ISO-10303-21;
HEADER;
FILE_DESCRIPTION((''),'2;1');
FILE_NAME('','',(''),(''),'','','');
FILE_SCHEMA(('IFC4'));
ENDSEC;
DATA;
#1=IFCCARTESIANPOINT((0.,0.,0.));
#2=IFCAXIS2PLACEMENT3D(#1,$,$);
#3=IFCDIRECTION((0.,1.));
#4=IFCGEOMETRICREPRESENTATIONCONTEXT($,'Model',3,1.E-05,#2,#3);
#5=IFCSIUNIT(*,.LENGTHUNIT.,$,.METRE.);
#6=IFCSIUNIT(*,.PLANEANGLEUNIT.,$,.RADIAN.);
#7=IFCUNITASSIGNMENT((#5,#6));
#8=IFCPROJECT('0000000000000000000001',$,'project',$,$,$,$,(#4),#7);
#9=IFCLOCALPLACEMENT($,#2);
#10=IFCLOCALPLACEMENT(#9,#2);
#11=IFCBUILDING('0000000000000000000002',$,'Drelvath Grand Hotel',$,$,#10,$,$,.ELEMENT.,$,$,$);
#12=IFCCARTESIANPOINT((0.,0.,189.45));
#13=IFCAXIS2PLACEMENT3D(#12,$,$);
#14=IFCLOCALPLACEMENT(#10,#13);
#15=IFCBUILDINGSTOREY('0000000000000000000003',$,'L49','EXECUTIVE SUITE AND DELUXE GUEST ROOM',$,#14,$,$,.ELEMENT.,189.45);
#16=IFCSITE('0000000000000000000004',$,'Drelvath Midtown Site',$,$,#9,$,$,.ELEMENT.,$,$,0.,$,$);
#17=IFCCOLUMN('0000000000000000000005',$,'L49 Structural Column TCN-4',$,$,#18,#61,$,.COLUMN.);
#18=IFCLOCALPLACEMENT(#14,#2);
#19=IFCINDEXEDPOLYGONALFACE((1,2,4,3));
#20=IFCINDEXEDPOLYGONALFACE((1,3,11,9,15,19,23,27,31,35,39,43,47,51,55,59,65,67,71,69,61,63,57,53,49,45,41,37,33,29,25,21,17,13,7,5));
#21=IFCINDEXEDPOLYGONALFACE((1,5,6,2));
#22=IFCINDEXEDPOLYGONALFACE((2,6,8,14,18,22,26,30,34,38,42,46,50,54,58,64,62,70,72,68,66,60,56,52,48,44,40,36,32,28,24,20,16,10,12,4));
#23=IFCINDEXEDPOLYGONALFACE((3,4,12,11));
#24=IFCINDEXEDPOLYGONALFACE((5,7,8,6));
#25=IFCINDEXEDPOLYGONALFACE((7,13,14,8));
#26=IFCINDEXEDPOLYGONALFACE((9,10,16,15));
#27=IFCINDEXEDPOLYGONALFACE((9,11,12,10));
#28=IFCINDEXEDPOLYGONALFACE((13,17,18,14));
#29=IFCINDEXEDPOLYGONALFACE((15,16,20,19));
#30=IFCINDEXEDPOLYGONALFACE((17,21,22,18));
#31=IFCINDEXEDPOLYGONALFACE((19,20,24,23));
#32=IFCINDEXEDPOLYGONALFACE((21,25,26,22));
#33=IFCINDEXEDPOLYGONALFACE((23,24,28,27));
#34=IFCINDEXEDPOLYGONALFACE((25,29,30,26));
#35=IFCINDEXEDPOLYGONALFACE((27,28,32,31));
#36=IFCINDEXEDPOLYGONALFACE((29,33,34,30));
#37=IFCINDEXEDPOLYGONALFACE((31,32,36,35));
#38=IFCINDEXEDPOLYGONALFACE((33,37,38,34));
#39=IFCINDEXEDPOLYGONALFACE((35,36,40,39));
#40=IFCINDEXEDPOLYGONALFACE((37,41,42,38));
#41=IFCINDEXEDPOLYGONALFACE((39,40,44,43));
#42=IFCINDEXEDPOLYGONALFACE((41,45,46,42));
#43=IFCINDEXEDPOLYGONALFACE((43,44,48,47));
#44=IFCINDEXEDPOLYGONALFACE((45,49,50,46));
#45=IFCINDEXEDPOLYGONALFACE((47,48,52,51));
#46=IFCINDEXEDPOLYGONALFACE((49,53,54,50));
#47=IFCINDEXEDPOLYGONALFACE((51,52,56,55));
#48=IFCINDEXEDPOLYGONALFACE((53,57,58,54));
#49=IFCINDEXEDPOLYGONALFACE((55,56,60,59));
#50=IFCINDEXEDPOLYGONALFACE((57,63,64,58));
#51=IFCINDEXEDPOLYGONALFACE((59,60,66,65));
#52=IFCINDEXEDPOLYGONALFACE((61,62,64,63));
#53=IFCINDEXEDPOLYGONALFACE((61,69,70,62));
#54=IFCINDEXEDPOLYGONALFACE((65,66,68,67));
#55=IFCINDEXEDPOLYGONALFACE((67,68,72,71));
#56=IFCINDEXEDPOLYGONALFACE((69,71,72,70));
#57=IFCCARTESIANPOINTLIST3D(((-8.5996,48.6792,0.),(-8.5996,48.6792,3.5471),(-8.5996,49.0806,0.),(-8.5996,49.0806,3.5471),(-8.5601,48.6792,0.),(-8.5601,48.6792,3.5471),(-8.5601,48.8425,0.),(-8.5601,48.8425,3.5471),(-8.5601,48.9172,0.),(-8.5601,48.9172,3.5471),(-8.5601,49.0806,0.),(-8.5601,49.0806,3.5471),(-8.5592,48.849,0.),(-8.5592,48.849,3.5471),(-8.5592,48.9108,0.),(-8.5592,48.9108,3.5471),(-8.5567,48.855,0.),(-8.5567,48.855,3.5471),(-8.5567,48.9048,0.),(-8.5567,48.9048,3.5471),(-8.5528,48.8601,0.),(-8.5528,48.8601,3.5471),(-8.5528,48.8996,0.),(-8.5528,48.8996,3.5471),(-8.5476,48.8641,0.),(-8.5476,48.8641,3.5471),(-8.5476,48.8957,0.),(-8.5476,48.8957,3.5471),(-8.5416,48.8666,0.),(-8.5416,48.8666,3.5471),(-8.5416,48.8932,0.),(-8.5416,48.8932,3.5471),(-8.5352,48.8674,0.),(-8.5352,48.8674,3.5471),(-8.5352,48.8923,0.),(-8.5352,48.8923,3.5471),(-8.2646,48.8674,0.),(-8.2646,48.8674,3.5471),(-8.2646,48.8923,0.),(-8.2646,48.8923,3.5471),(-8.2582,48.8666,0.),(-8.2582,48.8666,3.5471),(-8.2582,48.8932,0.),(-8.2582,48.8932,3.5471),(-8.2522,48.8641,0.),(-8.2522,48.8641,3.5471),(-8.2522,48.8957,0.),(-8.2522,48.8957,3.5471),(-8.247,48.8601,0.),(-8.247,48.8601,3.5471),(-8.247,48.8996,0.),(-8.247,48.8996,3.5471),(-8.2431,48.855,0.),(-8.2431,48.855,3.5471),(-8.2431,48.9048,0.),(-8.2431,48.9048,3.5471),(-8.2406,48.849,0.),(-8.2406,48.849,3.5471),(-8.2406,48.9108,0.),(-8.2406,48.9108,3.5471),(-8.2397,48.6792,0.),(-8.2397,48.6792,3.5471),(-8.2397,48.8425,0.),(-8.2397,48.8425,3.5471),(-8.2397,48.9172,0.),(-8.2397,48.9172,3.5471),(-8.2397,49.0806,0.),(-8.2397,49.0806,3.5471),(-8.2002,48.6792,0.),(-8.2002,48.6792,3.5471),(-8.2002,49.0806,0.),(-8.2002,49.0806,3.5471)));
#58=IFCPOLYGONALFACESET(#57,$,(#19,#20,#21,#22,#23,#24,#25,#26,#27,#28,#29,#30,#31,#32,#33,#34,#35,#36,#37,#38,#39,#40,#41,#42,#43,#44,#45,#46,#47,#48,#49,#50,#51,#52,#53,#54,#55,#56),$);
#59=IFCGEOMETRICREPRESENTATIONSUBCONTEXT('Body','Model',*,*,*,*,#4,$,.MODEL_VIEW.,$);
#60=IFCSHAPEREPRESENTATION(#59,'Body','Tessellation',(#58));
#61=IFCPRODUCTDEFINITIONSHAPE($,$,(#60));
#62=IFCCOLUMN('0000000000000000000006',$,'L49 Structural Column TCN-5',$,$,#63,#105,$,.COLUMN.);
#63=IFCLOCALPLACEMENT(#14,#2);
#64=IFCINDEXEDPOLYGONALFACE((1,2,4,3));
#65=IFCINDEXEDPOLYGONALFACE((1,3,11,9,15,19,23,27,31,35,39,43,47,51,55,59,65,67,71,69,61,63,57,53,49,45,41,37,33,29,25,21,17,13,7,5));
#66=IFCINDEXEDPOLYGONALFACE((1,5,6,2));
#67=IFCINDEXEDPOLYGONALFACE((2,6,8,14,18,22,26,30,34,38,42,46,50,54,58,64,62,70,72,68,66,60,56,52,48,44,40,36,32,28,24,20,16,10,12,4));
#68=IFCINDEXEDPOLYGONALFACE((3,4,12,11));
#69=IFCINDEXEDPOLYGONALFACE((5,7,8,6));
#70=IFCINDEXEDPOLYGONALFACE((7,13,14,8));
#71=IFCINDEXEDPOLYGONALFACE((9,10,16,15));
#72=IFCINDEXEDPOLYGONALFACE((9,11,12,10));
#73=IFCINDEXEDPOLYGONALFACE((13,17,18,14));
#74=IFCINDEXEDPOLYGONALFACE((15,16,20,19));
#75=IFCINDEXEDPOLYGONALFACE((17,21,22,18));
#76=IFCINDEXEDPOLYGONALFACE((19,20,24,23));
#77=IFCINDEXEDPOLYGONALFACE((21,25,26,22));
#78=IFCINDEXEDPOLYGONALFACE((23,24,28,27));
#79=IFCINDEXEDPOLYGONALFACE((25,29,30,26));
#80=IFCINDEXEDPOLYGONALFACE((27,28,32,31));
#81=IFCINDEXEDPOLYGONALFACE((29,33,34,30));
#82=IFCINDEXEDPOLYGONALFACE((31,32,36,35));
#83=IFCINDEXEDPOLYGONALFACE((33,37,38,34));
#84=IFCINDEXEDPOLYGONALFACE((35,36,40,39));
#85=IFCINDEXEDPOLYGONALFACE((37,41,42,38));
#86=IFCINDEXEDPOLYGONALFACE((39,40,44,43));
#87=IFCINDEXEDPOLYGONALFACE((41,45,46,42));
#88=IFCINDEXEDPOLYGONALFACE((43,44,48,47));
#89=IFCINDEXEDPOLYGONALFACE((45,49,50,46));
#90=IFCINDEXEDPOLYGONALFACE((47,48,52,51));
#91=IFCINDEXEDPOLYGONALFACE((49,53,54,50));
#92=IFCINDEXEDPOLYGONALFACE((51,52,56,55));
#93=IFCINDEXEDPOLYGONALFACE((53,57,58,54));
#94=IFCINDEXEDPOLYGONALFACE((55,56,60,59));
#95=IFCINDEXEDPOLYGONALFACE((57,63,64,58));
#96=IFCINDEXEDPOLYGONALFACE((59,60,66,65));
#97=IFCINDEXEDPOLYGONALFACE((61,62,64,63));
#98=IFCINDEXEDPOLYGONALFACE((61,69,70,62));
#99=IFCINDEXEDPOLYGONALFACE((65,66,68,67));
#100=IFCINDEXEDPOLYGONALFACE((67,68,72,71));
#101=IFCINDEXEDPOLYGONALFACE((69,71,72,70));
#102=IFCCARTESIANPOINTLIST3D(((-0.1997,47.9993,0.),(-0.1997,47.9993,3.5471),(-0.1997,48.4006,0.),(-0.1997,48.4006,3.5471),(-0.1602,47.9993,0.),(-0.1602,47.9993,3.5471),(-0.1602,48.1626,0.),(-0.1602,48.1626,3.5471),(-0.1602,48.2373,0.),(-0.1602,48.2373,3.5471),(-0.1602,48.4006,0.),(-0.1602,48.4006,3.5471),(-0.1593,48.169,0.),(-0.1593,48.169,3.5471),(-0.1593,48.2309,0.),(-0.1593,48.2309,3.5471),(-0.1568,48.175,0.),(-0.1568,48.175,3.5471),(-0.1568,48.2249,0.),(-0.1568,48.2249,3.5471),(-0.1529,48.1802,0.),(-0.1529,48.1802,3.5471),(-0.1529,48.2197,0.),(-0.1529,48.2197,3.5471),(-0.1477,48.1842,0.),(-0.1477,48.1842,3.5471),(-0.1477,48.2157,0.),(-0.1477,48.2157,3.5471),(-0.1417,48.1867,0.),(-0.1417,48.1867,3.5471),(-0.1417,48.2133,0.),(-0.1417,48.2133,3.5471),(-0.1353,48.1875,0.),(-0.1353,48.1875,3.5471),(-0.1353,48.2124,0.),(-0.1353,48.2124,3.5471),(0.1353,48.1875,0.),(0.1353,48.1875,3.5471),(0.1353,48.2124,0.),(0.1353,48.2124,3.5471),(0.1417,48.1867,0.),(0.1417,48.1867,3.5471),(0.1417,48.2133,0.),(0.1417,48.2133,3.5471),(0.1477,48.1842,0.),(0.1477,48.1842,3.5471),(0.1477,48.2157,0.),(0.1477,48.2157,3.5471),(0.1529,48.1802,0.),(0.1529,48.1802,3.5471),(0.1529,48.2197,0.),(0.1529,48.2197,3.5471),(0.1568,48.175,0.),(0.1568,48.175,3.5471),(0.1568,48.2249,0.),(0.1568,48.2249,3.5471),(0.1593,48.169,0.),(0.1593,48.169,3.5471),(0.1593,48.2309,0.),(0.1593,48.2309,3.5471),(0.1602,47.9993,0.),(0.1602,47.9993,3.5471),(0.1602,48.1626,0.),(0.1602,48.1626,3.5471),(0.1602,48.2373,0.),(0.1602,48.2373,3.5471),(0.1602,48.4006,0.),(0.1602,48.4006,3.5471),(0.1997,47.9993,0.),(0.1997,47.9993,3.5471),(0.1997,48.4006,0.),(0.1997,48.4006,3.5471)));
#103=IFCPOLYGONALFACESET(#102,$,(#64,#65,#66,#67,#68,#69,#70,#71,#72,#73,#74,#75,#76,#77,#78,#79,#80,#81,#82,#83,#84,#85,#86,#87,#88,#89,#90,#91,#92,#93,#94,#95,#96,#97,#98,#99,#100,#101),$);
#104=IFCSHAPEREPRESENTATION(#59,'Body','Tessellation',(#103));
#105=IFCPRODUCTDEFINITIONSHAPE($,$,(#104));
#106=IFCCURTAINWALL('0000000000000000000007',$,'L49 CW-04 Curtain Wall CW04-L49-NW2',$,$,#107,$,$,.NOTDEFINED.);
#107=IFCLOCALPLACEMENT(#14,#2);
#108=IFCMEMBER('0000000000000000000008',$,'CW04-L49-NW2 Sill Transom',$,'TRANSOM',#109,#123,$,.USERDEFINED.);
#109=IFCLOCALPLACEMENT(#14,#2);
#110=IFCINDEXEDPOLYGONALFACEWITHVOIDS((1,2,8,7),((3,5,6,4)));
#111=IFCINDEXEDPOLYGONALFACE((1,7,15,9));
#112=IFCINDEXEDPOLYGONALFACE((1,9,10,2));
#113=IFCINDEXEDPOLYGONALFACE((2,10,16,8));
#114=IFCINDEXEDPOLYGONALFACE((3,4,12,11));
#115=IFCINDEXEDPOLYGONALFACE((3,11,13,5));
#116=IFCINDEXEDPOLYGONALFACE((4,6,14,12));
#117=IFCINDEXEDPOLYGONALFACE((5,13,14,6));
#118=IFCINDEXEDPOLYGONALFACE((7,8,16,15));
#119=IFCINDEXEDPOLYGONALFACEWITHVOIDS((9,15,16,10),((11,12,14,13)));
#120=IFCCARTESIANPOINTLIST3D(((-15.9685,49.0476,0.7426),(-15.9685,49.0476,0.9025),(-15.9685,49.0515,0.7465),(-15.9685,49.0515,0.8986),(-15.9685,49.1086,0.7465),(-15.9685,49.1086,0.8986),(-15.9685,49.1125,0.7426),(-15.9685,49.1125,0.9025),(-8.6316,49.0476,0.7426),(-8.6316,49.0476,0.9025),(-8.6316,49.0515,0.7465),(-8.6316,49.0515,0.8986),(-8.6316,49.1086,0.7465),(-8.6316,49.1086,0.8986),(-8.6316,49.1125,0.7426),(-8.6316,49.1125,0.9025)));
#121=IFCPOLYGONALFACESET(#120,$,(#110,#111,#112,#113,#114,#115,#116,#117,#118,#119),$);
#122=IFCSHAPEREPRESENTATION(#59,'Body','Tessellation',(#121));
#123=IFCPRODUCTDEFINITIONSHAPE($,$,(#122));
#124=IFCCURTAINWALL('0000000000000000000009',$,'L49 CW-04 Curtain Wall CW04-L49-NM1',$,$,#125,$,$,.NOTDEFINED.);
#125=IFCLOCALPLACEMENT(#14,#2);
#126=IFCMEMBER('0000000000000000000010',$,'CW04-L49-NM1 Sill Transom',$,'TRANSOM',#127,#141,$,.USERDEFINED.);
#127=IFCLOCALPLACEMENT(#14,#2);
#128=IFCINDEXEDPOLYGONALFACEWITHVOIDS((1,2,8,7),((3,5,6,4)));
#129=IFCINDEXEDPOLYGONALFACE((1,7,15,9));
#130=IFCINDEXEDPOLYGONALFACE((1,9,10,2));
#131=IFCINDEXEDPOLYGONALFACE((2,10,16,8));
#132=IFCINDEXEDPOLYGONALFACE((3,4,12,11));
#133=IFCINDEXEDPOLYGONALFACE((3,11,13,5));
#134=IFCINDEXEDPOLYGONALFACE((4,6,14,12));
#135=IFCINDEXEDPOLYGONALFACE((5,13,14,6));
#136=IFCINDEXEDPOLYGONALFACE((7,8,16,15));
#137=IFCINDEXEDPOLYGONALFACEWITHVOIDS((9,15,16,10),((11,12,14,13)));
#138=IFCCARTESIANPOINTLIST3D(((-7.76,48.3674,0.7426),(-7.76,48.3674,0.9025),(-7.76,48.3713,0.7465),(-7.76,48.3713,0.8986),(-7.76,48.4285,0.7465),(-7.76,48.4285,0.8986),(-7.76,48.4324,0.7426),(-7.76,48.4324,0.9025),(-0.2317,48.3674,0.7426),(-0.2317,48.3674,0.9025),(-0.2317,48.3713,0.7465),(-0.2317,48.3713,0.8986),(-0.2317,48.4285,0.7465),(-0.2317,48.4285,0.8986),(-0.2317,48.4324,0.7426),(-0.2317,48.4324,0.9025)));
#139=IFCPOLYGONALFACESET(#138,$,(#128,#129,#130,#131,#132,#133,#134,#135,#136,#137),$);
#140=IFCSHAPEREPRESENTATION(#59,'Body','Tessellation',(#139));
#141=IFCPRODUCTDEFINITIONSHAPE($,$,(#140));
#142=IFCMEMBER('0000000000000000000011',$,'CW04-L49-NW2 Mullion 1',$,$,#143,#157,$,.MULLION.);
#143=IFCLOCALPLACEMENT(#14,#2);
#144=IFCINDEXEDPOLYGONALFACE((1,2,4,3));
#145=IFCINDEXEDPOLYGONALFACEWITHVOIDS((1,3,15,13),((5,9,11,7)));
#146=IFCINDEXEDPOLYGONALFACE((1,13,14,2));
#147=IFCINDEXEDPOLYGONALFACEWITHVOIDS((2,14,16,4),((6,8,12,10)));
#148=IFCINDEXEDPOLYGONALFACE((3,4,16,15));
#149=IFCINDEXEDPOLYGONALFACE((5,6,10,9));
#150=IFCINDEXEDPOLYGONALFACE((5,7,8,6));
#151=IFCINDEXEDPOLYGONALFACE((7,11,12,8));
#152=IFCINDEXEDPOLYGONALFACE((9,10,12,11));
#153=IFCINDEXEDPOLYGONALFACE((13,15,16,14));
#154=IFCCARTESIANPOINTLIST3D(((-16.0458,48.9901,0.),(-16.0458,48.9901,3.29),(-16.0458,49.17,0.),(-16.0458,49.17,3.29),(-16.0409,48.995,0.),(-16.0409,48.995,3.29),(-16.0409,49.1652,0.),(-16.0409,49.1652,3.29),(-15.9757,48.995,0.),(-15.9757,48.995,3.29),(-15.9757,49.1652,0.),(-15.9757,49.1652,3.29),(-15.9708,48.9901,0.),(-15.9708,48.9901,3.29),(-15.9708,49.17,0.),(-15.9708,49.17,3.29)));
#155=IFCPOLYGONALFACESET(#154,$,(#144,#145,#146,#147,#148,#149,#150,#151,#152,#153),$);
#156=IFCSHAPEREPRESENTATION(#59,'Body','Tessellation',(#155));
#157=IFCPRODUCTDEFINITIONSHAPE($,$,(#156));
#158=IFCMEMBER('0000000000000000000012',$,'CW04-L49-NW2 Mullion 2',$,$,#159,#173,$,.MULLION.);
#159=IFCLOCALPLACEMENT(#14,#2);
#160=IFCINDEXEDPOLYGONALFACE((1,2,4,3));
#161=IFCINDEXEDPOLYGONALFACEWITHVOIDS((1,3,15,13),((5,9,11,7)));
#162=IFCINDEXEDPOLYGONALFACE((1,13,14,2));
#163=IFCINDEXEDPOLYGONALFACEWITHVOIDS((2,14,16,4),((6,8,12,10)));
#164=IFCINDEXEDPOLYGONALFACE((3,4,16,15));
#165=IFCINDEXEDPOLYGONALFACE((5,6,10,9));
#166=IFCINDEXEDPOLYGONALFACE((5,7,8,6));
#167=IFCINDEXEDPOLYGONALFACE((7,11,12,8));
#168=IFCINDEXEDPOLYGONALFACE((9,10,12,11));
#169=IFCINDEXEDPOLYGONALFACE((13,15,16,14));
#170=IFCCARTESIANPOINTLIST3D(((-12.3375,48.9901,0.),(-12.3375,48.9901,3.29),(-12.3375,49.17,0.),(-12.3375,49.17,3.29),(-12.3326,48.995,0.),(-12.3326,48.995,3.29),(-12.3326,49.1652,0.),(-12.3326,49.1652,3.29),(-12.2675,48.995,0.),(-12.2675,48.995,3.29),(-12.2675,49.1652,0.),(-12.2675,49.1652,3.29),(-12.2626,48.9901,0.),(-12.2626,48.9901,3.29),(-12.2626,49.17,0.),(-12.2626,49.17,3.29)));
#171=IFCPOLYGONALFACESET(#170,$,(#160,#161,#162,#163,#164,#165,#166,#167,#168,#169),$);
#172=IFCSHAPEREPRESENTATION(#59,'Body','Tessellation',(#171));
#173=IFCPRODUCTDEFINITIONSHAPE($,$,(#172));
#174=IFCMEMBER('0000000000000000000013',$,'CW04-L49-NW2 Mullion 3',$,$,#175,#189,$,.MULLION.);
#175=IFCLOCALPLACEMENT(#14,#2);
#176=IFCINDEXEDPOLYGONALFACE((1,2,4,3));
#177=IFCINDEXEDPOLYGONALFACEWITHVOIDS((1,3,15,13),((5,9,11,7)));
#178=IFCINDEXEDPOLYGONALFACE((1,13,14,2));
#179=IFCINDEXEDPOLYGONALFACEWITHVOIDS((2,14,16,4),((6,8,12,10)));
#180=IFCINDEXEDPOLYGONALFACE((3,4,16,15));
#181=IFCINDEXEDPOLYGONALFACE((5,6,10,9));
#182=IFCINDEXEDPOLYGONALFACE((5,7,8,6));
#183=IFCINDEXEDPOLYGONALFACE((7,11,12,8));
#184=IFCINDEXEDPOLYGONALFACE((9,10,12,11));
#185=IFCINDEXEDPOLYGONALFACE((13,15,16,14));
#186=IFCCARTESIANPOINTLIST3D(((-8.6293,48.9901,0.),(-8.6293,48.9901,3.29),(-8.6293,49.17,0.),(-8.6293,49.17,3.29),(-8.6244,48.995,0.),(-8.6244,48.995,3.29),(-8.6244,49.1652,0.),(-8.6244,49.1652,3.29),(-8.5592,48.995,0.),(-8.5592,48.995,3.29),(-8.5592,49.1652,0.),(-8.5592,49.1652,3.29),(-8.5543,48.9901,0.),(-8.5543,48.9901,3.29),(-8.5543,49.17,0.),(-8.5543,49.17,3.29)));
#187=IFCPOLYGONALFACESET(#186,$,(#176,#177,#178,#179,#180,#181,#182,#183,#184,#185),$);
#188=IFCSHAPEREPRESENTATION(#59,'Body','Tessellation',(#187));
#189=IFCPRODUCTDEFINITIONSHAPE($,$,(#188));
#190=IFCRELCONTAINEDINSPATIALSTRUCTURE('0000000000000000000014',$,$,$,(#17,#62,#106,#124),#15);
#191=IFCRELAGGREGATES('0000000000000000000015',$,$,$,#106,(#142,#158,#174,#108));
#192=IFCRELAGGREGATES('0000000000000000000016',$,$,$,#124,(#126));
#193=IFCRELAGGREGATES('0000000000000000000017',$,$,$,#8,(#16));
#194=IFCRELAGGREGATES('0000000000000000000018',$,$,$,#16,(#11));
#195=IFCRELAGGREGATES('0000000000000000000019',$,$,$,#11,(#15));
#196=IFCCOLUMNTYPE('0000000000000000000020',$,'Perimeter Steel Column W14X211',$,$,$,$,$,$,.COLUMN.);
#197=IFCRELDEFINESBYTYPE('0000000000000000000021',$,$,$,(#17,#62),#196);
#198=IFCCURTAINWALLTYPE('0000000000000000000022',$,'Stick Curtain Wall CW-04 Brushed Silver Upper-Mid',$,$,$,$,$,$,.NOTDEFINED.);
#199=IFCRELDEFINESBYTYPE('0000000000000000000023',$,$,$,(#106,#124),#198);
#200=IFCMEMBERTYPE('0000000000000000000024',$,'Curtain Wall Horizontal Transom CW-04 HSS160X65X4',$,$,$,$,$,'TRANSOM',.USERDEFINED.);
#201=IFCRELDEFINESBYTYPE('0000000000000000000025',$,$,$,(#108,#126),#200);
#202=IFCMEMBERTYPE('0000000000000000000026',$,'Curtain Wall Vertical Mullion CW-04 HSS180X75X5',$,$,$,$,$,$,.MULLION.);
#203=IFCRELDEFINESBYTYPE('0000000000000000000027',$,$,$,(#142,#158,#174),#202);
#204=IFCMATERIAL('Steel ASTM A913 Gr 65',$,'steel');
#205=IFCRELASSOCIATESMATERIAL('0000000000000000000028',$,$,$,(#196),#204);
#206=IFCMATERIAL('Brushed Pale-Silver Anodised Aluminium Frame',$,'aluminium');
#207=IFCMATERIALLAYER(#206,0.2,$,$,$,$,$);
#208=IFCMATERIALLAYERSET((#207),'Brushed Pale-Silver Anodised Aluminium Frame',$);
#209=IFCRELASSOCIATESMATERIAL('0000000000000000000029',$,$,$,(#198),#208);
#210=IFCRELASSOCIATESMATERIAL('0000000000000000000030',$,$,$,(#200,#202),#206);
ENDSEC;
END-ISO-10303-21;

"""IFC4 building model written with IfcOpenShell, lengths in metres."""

from ifc_helpers import new_model, si_unit, direction, frame, origin, origin_2d, place, context, subcontext, project, spatial, hollow_rectangle, i_section, extrude, material, layer, layer_set, material_profile, profile_set, type_object, element, aggregate, save


model = new_model("IFC4")

# Units and contexts
model_context = context("Model", 3, precision=1e-05, world=origin(), true_north=direction((0.0, 1.0)))
body_context = subcontext(model_context, "Body", "Model", "MODEL_VIEW")
ifc_project = project(units=[si_unit("LENGTHUNIT", "METRE"), si_unit("PLANEANGLEUNIT", "RADIAN")], contexts=[model_context])

# Site, building, storey
site_placement = place(None, origin())
site = spatial("IfcSite", under=ifc_project, at=site_placement, Name="Drelvath Midtown Site", CompositionType="ELEMENT", RefElevation=0.0)
building_placement = place(site_placement, origin())
building = spatial("IfcBuilding", under=site, at=building_placement, Name="Drelvath Grand Hotel", CompositionType="ELEMENT")
storey_placement = place(building_placement, frame((0.0, 0.0, 189.45)))
storey = spatial("IfcBuildingStorey", under=building, at=storey_placement, Name="L49", Description="EXECUTIVE SUITE AND DELUXE GUEST ROOM", CompositionType="ELEMENT", Elevation=189.45)

# Columns
ifc_material_1 = material(Name="Steel ASTM A913 Gr 65", Category="steel")
ifc_material_profile_1 = material_profile(ifc_material_1, i_section(OverallWidth=0.4014, OverallDepth=0.3994, WebThickness=0.0249, FlangeThickness=0.0396, FilletRadius=0.0249, at=origin_2d()), Name="W14X211")
ifc_profile_set_1 = profile_set([ifc_material_profile_1], Name="Steel ASTM A913 Gr 65")
column_type = type_object("IfcColumnType", Name="Perimeter Steel Column W14X211", PredefinedType="COLUMN", material=ifc_profile_set_1)
for number, where, z_axis, x_axis, name in (
    (1, (-8.3999, 48.8799, 0.0), (0.0, 0.0, 1.0), (0.0, 1.0, 0.0), "L49 Structural Column TCN-4"),
    (2, (0.0, 48.2, 0.0), (0.0, 0.0, 1.0), (0.0, 1.0, 0.0), "L49 Structural Column TCN-5"),
):
    element("IfcColumn", number, at=place(storey_placement, frame(where, z_axis=z_axis, x_axis=x_axis)), inside=storey, type_object=column_type, Name=name, PredefinedType="COLUMN", context=body_context, shape_type="SweptSolid", body=[
        extrude(i_section(OverallWidth=0.4014, OverallDepth=0.3994, WebThickness=0.0249, FlangeThickness=0.0396, FilletRadius=0.0249, at=origin_2d()), origin(), (0.0, 0.0, 1.0), 3.5471),
    ])

# Curtain walls, members
ifc_material_2 = material(Name="Brushed Pale-Silver Anodised Aluminium Frame", Category="aluminium")
ifc_layer_1 = layer(ifc_material_2, 0.2)
ifc_layer_set_1 = layer_set([ifc_layer_1], Name="Brushed Pale-Silver Anodised Aluminium Frame")
curtain_wall_type = type_object("IfcCurtainWallType", Name="Stick Curtain Wall CW-04 Brushed Silver Upper-Mid", PredefinedType="NOTDEFINED", material=ifc_layer_set_1)
curtain_wall_1_placement = place(storey_placement, origin())
curtain_wall_1 = element("IfcCurtainWall", 3, at=curtain_wall_1_placement, inside=storey, type_object=curtain_wall_type, Name="L49 CW-04 Curtain Wall CW04-L49-NW2", PredefinedType="NOTDEFINED")
ifc_material_profile_2 = material_profile(ifc_material_2, hollow_rectangle(XDim=0.0649, YDim=0.1599, WallThickness=0.0039, at=origin_2d()), Name="HSS160X65X4")
ifc_profile_set_2 = profile_set([ifc_material_profile_2], Name="Brushed Pale-Silver Anodised Aluminium Frame")
member_type_1 = type_object("IfcMemberType", Name="Curtain Wall Horizontal Transom CW-04 HSS160X65X4", ElementType="TRANSOM", PredefinedType="USERDEFINED", material=ifc_profile_set_2)
member_1_placement = place(storey_placement, frame((-15.9685, 49.0801, 0.8225), z_axis=(1.0, 0.0, 0.0), x_axis=(0.0, 1.0, 0.0)))
member_1 = element("IfcMember", 4, at=member_1_placement, type_object=member_type_1, Name="CW04-L49-NW2 Sill Transom", ObjectType="TRANSOM", PredefinedType="USERDEFINED", context=body_context, shape_type="SweptSolid", body=[
    extrude(hollow_rectangle(XDim=0.0649, YDim=0.1599, WallThickness=0.0039, at=origin_2d()), origin(), (0.0, 0.0, 1.0), 7.3369),
])
curtain_wall_2_placement = place(storey_placement, origin())
curtain_wall_2 = element("IfcCurtainWall", 5, at=curtain_wall_2_placement, inside=storey, type_object=curtain_wall_type, Name="L49 CW-04 Curtain Wall CW04-L49-NM1", PredefinedType="NOTDEFINED")
member_2_placement = place(storey_placement, frame((-7.76, 48.3999, 0.8225), z_axis=(1.0, 0.0, 0.0), x_axis=(0.0, 1.0, 0.0)))
member_2 = element("IfcMember", 6, at=member_2_placement, type_object=member_type_1, Name="CW04-L49-NM1 Sill Transom", ObjectType="TRANSOM", PredefinedType="USERDEFINED", context=body_context, shape_type="SweptSolid", body=[
    extrude(hollow_rectangle(XDim=0.0649, YDim=0.1599, WallThickness=0.0039, at=origin_2d()), origin(), (0.0, 0.0, 1.0), 7.5283),
])

# Members
ifc_material_profile_3 = material_profile(ifc_material_2, hollow_rectangle(XDim=0.075, YDim=0.1799, WallThickness=0.0049, at=origin_2d()), Name="HSS180X75X5")
ifc_profile_set_3 = profile_set([ifc_material_profile_3], Name="Brushed Pale-Silver Anodised Aluminium Frame")
member_type_2 = type_object("IfcMemberType", Name="Curtain Wall Vertical Mullion CW-04 HSS180X75X5", PredefinedType="MULLION", material=ifc_profile_set_3)
member_3_placement = place(storey_placement, frame((-16.0083, 49.0801, 0.0), z_axis=(0.0, 0.0, 1.0), x_axis=(1.0, 0.0, 0.0)))
member_3 = element("IfcMember", 7, at=member_3_placement, type_object=member_type_2, Name="CW04-L49-NW2 Mullion 1", PredefinedType="MULLION", context=body_context, shape_type="SweptSolid", body=[
    extrude(hollow_rectangle(XDim=0.075, YDim=0.1799, WallThickness=0.0049, at=origin_2d()), origin(), (0.0, 0.0, 1.0), 3.29),
])
member_4_placement = place(storey_placement, frame((-12.3, 49.0801, 0.0), z_axis=(0.0, 0.0, 1.0), x_axis=(1.0, 0.0, 0.0)))
member_4 = element("IfcMember", 8, at=member_4_placement, type_object=member_type_2, Name="CW04-L49-NW2 Mullion 2", PredefinedType="MULLION", context=body_context, shape_type="SweptSolid", body=[
    extrude(hollow_rectangle(XDim=0.075, YDim=0.1799, WallThickness=0.0049, at=origin_2d()), origin(), (0.0, 0.0, 1.0), 3.29),
])
member_5_placement = place(storey_placement, frame((-8.5918, 49.0801, 0.0), z_axis=(0.0, 0.0, 1.0), x_axis=(1.0, 0.0, 0.0)))
member_5 = element("IfcMember", 9, at=member_5_placement, type_object=member_type_2, Name="CW04-L49-NW2 Mullion 3", PredefinedType="MULLION", context=body_context, shape_type="SweptSolid", body=[
    extrude(hollow_rectangle(XDim=0.075, YDim=0.1799, WallThickness=0.0049, at=origin_2d()), origin(), (0.0, 0.0, 1.0), 3.29),
])

aggregate(curtain_wall_1, [member_3, member_4, member_5, member_1])
aggregate(curtain_wall_2, [member_2])

save(model, "model.ifc")
